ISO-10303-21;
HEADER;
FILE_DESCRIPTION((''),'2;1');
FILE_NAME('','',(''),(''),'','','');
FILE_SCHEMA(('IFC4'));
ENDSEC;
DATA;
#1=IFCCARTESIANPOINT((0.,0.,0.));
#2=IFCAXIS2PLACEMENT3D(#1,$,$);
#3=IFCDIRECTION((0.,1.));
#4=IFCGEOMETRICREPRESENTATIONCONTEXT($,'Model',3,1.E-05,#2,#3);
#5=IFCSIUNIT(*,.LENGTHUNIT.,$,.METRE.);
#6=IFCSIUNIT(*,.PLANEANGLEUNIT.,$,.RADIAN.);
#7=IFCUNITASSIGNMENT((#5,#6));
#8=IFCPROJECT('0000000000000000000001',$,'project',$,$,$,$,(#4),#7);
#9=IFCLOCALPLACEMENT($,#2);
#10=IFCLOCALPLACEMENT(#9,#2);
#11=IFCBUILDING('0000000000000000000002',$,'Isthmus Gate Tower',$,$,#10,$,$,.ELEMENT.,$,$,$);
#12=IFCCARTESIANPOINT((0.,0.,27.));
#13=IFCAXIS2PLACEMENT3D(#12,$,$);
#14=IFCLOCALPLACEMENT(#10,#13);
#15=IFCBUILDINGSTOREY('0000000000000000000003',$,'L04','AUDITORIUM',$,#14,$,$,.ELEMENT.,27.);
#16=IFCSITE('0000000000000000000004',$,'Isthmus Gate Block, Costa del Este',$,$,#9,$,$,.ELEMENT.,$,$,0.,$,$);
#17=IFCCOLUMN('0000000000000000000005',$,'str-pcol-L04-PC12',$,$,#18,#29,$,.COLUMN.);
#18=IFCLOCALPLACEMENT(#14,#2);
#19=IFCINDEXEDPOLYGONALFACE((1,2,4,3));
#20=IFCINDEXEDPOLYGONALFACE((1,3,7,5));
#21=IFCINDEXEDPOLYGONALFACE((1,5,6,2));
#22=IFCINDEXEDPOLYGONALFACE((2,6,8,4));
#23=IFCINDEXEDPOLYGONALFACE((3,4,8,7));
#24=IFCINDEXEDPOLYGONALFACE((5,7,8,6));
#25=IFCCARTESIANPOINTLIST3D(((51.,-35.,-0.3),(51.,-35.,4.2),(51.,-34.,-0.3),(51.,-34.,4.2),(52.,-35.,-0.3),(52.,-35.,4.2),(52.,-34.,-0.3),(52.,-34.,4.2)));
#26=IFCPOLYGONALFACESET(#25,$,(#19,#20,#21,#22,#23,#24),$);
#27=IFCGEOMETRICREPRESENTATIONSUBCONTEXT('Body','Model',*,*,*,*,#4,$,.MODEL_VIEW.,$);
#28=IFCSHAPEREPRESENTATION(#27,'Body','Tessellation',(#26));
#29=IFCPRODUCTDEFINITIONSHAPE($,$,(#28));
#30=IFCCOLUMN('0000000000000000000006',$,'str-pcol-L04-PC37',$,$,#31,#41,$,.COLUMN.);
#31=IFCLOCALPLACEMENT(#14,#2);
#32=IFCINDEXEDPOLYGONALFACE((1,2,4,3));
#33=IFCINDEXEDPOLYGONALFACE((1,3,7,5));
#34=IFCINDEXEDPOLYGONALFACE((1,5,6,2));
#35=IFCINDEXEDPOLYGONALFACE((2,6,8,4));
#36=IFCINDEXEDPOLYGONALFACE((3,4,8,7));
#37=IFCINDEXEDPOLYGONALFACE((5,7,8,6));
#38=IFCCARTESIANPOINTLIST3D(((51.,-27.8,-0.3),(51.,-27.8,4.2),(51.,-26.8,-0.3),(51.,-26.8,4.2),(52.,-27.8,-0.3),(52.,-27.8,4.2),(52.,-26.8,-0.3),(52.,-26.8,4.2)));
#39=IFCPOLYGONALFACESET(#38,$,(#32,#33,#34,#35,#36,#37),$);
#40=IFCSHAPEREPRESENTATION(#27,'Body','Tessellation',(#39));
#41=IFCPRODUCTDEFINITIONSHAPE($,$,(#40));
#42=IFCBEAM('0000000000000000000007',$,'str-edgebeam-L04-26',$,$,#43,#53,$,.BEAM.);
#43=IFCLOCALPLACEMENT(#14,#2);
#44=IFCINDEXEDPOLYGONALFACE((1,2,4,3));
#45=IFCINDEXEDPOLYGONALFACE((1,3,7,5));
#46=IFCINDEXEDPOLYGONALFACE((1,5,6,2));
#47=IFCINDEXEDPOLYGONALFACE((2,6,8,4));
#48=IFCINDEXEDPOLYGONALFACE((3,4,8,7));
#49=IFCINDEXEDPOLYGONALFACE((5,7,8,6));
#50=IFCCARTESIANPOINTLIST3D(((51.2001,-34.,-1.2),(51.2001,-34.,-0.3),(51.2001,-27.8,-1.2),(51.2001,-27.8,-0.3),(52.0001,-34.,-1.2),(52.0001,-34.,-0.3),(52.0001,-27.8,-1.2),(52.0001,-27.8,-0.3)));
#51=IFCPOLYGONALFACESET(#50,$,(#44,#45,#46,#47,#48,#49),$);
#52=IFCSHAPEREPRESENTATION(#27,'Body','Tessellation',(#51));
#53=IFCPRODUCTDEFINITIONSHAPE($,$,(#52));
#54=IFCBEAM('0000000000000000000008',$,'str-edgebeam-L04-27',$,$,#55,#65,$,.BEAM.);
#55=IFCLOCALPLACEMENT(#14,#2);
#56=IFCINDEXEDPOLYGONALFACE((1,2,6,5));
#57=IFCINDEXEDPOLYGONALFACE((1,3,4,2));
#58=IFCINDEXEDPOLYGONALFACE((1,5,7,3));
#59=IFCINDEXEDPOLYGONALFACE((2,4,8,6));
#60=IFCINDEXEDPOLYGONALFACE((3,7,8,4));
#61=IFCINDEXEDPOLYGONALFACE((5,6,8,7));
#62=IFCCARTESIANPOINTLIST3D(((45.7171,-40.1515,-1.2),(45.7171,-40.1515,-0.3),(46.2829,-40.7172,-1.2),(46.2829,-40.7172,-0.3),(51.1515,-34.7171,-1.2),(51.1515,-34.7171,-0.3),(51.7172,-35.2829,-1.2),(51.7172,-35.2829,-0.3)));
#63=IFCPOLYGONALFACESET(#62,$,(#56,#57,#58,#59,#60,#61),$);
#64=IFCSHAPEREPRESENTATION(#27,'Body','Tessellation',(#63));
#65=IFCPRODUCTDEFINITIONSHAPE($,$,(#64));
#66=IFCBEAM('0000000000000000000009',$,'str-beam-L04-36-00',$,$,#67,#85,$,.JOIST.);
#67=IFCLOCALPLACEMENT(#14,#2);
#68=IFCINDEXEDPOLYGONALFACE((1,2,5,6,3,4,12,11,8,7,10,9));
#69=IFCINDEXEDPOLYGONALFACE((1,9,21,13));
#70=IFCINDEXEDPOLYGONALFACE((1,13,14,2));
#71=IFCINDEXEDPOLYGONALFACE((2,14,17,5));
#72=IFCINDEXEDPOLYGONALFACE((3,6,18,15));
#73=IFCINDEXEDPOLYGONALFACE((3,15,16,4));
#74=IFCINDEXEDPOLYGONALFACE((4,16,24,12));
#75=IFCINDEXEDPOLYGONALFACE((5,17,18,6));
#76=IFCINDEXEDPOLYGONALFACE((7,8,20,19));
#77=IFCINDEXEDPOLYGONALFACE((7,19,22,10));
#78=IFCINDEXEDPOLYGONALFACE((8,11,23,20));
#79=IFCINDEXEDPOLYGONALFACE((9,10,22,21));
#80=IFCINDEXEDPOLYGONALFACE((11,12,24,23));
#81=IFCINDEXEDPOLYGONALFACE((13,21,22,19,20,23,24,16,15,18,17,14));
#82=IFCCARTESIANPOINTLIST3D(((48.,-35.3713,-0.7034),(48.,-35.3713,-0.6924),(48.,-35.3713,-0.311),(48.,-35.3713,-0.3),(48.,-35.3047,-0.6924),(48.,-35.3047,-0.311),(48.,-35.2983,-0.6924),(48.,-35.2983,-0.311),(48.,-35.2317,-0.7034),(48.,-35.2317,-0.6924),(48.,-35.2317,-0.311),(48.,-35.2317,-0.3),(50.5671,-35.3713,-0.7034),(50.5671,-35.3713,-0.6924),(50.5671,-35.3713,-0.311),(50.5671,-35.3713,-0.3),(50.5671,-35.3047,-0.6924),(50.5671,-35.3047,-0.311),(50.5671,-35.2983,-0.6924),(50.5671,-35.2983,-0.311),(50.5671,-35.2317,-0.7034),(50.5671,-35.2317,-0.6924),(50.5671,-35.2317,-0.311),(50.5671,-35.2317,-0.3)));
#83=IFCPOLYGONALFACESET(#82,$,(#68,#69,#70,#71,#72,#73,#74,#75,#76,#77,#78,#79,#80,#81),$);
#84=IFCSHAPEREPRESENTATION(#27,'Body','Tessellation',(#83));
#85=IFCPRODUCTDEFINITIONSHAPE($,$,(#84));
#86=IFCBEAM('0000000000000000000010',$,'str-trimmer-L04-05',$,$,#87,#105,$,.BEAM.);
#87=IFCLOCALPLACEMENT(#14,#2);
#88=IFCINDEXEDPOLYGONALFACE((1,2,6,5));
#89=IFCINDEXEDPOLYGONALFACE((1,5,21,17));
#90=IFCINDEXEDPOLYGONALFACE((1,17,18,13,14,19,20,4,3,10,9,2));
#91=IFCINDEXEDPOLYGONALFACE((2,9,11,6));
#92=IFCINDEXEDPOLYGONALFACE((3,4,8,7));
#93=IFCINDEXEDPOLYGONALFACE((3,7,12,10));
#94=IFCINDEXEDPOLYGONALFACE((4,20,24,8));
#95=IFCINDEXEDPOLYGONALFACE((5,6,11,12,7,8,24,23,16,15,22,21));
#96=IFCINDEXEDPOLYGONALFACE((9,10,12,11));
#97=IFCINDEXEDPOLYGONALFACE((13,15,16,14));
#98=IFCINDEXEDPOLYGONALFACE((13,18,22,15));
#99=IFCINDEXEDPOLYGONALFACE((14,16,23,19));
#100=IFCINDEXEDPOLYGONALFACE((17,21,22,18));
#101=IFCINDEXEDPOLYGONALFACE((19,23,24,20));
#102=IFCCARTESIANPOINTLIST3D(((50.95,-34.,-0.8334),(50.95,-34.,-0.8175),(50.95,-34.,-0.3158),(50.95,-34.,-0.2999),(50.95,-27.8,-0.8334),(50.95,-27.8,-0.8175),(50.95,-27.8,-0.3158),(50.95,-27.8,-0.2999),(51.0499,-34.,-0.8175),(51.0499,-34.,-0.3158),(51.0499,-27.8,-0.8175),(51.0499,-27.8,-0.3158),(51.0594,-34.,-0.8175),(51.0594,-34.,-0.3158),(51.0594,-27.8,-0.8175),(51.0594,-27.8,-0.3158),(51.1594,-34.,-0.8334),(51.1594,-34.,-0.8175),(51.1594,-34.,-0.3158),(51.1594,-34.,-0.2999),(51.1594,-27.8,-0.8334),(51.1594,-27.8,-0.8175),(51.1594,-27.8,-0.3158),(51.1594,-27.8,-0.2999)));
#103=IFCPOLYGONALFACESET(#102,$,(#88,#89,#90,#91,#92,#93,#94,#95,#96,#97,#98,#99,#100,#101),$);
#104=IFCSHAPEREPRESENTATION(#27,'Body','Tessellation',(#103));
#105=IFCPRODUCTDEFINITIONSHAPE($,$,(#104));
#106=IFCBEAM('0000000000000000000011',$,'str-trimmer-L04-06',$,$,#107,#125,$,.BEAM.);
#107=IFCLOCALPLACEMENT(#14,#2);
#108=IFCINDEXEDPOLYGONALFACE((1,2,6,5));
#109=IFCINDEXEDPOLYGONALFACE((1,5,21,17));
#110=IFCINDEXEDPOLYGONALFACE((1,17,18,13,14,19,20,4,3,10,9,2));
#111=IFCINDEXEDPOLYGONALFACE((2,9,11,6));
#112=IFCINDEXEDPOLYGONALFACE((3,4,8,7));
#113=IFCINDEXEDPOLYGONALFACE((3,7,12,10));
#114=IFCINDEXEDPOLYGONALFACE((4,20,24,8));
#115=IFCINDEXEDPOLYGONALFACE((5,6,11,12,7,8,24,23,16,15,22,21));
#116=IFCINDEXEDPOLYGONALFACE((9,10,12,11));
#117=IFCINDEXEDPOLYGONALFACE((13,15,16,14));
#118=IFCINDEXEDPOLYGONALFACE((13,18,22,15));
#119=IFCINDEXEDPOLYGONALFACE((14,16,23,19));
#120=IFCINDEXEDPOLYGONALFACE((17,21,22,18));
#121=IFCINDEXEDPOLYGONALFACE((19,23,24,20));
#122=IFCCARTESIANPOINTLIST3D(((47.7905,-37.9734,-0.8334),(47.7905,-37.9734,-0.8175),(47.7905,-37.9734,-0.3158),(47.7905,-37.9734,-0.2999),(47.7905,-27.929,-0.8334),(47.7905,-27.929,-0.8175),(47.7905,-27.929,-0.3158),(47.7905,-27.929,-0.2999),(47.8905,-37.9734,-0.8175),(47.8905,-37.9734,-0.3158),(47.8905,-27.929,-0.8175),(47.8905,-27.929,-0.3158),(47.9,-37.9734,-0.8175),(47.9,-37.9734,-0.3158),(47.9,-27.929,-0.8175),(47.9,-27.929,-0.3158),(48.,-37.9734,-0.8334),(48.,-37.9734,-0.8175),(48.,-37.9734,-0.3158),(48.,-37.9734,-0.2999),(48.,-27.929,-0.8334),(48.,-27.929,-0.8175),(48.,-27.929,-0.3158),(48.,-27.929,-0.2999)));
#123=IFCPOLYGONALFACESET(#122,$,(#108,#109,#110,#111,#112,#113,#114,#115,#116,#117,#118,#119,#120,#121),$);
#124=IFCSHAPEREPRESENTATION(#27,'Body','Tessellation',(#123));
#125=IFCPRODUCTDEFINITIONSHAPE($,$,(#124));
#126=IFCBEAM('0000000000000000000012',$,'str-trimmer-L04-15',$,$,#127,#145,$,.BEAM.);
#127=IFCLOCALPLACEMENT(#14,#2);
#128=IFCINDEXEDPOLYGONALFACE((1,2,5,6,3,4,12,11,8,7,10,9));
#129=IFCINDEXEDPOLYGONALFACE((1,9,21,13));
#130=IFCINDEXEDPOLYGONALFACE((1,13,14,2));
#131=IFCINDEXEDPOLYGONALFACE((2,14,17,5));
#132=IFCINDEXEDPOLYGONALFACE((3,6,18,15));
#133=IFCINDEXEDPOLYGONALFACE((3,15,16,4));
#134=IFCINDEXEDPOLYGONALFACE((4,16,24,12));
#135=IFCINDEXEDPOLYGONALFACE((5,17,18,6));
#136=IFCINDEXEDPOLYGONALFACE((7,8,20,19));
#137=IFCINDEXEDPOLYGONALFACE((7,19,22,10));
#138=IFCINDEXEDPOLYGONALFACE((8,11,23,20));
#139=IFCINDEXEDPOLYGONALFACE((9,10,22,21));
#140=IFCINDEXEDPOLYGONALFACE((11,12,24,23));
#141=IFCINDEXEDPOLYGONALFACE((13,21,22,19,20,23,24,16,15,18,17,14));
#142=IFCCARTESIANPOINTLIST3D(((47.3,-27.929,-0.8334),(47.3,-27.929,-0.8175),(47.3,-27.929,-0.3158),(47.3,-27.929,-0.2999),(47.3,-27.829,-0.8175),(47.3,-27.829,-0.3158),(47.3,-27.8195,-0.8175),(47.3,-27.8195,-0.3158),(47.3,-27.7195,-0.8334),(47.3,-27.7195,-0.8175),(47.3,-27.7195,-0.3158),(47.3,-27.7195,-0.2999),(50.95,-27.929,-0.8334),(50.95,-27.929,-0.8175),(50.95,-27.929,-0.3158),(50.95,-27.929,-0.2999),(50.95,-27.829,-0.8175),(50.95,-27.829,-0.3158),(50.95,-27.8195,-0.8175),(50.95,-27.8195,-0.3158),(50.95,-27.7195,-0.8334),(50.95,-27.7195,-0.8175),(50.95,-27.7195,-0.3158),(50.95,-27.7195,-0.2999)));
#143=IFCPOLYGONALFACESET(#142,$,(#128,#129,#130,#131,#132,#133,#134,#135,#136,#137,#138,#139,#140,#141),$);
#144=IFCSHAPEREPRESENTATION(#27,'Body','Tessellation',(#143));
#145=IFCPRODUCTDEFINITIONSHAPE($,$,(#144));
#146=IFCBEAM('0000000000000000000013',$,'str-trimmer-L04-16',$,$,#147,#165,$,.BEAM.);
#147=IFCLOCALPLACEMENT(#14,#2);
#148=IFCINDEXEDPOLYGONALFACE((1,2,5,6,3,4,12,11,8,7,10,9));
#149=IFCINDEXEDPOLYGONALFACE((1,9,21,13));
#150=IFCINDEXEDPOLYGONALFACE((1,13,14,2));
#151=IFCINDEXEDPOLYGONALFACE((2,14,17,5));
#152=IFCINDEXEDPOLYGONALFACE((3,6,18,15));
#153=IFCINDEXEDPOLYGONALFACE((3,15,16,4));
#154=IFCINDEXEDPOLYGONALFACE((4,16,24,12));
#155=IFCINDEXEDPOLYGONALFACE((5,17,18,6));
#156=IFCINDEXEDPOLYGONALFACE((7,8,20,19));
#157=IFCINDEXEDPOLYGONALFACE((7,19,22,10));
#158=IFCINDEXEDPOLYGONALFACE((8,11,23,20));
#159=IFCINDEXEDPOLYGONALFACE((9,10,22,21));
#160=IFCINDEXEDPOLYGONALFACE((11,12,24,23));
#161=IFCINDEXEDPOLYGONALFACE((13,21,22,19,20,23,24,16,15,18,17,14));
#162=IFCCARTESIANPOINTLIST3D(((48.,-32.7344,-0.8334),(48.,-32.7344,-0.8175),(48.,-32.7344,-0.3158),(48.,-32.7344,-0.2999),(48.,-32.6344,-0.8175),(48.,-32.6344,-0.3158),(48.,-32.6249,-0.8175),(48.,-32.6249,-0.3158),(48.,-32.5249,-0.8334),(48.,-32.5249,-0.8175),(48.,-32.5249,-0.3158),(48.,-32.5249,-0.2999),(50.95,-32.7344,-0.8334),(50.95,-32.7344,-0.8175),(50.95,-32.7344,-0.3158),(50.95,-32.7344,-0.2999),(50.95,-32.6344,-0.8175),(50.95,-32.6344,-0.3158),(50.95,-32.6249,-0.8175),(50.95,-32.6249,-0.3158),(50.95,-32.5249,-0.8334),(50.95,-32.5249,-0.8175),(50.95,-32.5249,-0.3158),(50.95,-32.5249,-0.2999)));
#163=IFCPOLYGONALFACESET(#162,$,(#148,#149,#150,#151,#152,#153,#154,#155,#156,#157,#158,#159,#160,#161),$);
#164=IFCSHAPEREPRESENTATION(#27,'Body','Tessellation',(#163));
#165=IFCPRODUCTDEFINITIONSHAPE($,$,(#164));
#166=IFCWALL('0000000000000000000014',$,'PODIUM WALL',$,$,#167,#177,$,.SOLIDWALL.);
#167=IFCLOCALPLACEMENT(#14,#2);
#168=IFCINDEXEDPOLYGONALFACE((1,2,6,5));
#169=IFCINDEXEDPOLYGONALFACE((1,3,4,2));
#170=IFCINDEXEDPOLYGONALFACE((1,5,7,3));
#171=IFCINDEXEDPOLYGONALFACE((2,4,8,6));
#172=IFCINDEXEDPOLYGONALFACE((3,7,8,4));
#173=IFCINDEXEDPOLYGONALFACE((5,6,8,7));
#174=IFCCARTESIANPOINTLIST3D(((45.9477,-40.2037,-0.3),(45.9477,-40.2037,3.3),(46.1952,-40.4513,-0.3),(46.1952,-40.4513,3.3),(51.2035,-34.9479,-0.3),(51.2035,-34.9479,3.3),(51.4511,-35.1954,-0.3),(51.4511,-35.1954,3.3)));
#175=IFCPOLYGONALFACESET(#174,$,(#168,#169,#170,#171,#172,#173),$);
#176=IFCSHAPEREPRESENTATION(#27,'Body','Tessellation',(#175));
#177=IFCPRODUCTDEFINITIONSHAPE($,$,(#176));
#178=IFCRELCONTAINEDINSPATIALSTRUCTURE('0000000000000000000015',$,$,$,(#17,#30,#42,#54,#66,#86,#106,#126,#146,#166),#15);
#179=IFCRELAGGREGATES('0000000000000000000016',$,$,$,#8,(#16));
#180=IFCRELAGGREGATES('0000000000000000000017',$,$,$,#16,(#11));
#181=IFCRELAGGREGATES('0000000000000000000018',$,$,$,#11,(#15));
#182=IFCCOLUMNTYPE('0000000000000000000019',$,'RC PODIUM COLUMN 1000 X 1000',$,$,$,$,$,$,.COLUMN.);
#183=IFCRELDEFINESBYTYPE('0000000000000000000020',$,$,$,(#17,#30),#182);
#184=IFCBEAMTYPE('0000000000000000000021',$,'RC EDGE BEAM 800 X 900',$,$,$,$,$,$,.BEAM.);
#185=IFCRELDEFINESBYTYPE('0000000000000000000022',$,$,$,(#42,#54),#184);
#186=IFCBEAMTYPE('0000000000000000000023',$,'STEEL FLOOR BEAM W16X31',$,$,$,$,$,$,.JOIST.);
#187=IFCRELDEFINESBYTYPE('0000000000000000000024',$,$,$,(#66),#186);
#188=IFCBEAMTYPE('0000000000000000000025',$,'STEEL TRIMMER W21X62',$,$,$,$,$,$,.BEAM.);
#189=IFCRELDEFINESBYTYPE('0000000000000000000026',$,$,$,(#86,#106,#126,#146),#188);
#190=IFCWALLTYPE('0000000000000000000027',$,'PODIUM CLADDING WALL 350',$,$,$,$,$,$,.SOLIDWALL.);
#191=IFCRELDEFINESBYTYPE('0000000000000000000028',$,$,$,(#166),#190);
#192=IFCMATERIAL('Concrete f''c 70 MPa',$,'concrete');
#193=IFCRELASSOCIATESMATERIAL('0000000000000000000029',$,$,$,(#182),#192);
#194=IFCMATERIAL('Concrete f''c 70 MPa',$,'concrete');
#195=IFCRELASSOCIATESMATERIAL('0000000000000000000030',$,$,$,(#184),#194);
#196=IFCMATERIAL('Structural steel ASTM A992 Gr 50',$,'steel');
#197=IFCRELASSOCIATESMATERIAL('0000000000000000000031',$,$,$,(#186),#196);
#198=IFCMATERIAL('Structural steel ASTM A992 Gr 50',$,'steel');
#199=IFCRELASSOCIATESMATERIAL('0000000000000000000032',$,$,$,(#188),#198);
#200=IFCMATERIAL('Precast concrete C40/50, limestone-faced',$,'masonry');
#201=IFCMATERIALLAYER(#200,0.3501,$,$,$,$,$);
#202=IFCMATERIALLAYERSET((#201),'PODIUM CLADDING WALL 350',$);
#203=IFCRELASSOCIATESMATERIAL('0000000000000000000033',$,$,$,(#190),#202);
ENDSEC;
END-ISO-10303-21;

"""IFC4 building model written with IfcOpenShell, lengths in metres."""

from ifc_helpers import new_model, si_unit, direction, frame, frame_2d, origin, origin_2d, place, context, subcontext, project, spatial, rectangle, i_section, extrude, material, layer, layer_set, material_profile, profile_set, type_object, element, save


model = new_model("IFC4")

# Units and contexts
model_context = context("Model", 3, precision=1e-05, world=origin(), true_north=direction((0.0, 1.0)))
body_context = subcontext(model_context, "Body", "Model", "MODEL_VIEW")
ifc_project = project(units=[si_unit("LENGTHUNIT", "METRE"), si_unit("PLANEANGLEUNIT", "RADIAN")], contexts=[model_context])

# Site, building, storey
site_placement = place(None, origin())
site = spatial("IfcSite", under=ifc_project, at=site_placement, Name="Isthmus Gate Block, Costa del Este", CompositionType="ELEMENT", RefElevation=0.0)
building_placement = place(site_placement, origin())
building = spatial("IfcBuilding", under=site, at=building_placement, Name="Isthmus Gate Tower", CompositionType="ELEMENT")
storey_placement = place(building_placement, frame((0.0, 0.0, 27.0)))
storey = spatial("IfcBuildingStorey", under=building, at=storey_placement, Name="L04", Description="AUDITORIUM", CompositionType="ELEMENT", Elevation=27.0)

# Columns
ifc_material_1 = material(Name="Concrete f'c 70 MPa", Category="concrete")
ifc_material_profile_1 = material_profile(ifc_material_1, rectangle(XDim=1.0, YDim=1.0, at=origin_2d()), Name="RC 1000X1000")
ifc_profile_set_1 = profile_set([ifc_material_profile_1], Name="Concrete f'c 70 MPa")
column_type = type_object("IfcColumnType", Name="RC PODIUM COLUMN 1000 X 1000", PredefinedType="COLUMN", material=ifc_profile_set_1)
for number, where, z_axis, x_axis, name in (
    (1, (51.5, -34.5, -0.3), (0.0, 0.0, 1.0), (0.0, 1.0, 0.0), "str-pcol-L04-PC12"),
    (2, (51.5, -27.3, -0.3), (0.0, 0.0, 1.0), (0.0, 1.0, 0.0), "str-pcol-L04-PC37"),
):
    element("IfcColumn", number, at=place(storey_placement, frame(where, z_axis=z_axis, x_axis=x_axis)), inside=storey, type_object=column_type, Name=name, PredefinedType="COLUMN", context=body_context, shape_type="SweptSolid", body=[
        extrude(rectangle(XDim=1.0, YDim=1.0, at=origin_2d()), origin(), (0.0, 0.0, 1.0), 4.5),
    ])

# Beams
ifc_material_2 = material(Name="Concrete f'c 70 MPa", Category="concrete")
ifc_material_profile_2 = material_profile(ifc_material_2, rectangle(XDim=0.8, YDim=0.8999, at=origin_2d()), Name="RC 800X900")
ifc_profile_set_2 = profile_set([ifc_material_profile_2], Name="Concrete f'c 70 MPa")
beam_type_1 = type_object("IfcBeamType", Name="RC EDGE BEAM 800 X 900", PredefinedType="BEAM", material=ifc_profile_set_2)
beam_1_placement = place(storey_placement, frame((51.6001, -27.8, -0.75), z_axis=(0.0, -1.0, 0.0), x_axis=(1.0, 0.0, 0.0)))
element("IfcBeam", 3, at=beam_1_placement, inside=storey, type_object=beam_type_1, Name="str-edgebeam-L04-26", PredefinedType="BEAM", context=body_context, shape_type="SweptSolid", body=[
    extrude(rectangle(XDim=0.8, YDim=0.8999, at=origin_2d()), origin(), (0.0, 0.0, 1.0), 6.2),
])
beam_2_placement = place(storey_placement, frame((51.4343, -35.0, -0.75), z_axis=(-0.707107, -0.707107, 0.0), x_axis=(0.707107, -0.707107, 0.0)))
element("IfcBeam", 4, at=beam_2_placement, inside=storey, type_object=beam_type_1, Name="str-edgebeam-L04-27", PredefinedType="BEAM", context=body_context, shape_type="SweptSolid", body=[
    extrude(rectangle(XDim=0.8, YDim=0.8999, at=origin_2d()), origin(), (0.0, 0.0, 1.0), 7.6853),
])
ifc_material_3 = material(Name="Structural steel ASTM A992 Gr 50", Category="steel")
ifc_material_profile_3 = material_profile(ifc_material_3, i_section(OverallWidth=0.1396, OverallDepth=0.4033, WebThickness=0.0063, FlangeThickness=0.011, at=origin_2d()), Name="W16X31")
ifc_profile_set_3 = profile_set([ifc_material_profile_3], Name="Structural steel ASTM A992 Gr 50")
beam_type_2 = type_object("IfcBeamType", Name="STEEL FLOOR BEAM W16X31", PredefinedType="JOIST", material=ifc_profile_set_3)
beam_3_placement = place(storey_placement, frame((48.0, -35.3015, -0.5017), z_axis=(1.0, 0.0, 0.0), x_axis=(0.0, 1.0, 0.0)))
element("IfcBeam", 5, at=beam_3_placement, inside=storey, type_object=beam_type_2, Name="str-beam-L04-36-00", PredefinedType="JOIST", context=body_context, shape_type="SweptSolid", body=[
    extrude(i_section(OverallWidth=0.1396, OverallDepth=0.4033, WebThickness=0.0063, FlangeThickness=0.011, at=origin_2d()), origin(), (0.0, 0.0, 1.0), 2.5671),
])
ifc_material_4 = material(Name="Structural steel ASTM A992 Gr 50", Category="steel")
ifc_material_profile_4 = material_profile(ifc_material_4, i_section(OverallWidth=0.2095, OverallDepth=0.5334, WebThickness=0.0095, FlangeThickness=0.0159, at=origin_2d()), Name="W21X62")
ifc_profile_set_4 = profile_set([ifc_material_profile_4], Name="Structural steel ASTM A992 Gr 50")
beam_type_3 = type_object("IfcBeamType", Name="STEEL TRIMMER W21X62", PredefinedType="BEAM", material=ifc_profile_set_4)
beam_4_placement = place(storey_placement, frame((51.0547, -34.0, -0.5667), z_axis=(0.0, 1.0, 0.0), x_axis=(-1.0, 0.0, 0.0)))
element("IfcBeam", 6, at=beam_4_placement, inside=storey, type_object=beam_type_3, Name="str-trimmer-L04-05", PredefinedType="BEAM", context=body_context, shape_type="SweptSolid", body=[
    extrude(i_section(OverallWidth=0.2095, OverallDepth=0.5334, WebThickness=0.0095, FlangeThickness=0.0159, at=origin_2d()), origin(), (0.0, 0.0, 1.0), 6.2),
])
beam_5_placement = place(storey_placement, frame((47.8953, -27.929, -0.5667), z_axis=(0.0, -1.0, 0.0), x_axis=(1.0, 0.0, 0.0)))
element("IfcBeam", 7, at=beam_5_placement, inside=storey, type_object=beam_type_3, Name="str-trimmer-L04-06", PredefinedType="BEAM", context=body_context, shape_type="SweptSolid", body=[
    extrude(i_section(OverallWidth=0.2095, OverallDepth=0.5334, WebThickness=0.0095, FlangeThickness=0.0159, at=origin_2d()), origin(), (0.0, 0.0, 1.0), 10.0444),
])
beam_6_placement = place(storey_placement, frame((50.95, -27.8242, -0.5667), z_axis=(-1.0, 0.0, 0.0), x_axis=(0.0, -1.0, 0.0)))
element("IfcBeam", 8, at=beam_6_placement, inside=storey, type_object=beam_type_3, Name="str-trimmer-L04-15", PredefinedType="BEAM", context=body_context, shape_type="SweptSolid", body=[
    extrude(i_section(OverallWidth=0.2095, OverallDepth=0.5334, WebThickness=0.0095, FlangeThickness=0.0159, at=origin_2d()), origin(), (0.0, 0.0, 1.0), 3.6499),
])
beam_7_placement = place(storey_placement, frame((48.0, -32.6296, -0.5667), z_axis=(1.0, 0.0, 0.0), x_axis=(0.0, 1.0, 0.0)))
element("IfcBeam", 9, at=beam_7_placement, inside=storey, type_object=beam_type_3, Name="str-trimmer-L04-16", PredefinedType="BEAM", context=body_context, shape_type="SweptSolid", body=[
    extrude(i_section(OverallWidth=0.2095, OverallDepth=0.5334, WebThickness=0.0095, FlangeThickness=0.0159, at=origin_2d()), origin(), (0.0, 0.0, 1.0), 2.95),
])

# Wall
ifc_material_5 = material(Name="Precast concrete C40/50, limestone-faced", Category="masonry")
ifc_layer_1 = layer(ifc_material_5, 0.3501)
ifc_layer_set_1 = layer_set([ifc_layer_1], Name="PODIUM CLADDING WALL 350")
wall_type_1 = type_object("IfcWallType", Name="PODIUM CLADDING WALL 350", PredefinedType="SOLIDWALL", material=ifc_layer_set_1)
wall_1_placement = place(storey_placement, frame((46.0715, -40.3274, -0.3), z_axis=(0.0, 0.0, 1.0), x_axis=(0.707107, 0.707107, 0.0)))
element("IfcWall", 10, at=wall_1_placement, inside=storey, type_object=wall_type_1, Name="PODIUM WALL", PredefinedType="SOLIDWALL", context=body_context, shape_type="SweptSolid", body=[
    extrude(rectangle(XDim=7.4329, YDim=0.3501, at=frame_2d((3.7163, 0.0))), origin(), (0.0, 0.0, 1.0), 3.6001),
])

save(model, "model.ifc")
